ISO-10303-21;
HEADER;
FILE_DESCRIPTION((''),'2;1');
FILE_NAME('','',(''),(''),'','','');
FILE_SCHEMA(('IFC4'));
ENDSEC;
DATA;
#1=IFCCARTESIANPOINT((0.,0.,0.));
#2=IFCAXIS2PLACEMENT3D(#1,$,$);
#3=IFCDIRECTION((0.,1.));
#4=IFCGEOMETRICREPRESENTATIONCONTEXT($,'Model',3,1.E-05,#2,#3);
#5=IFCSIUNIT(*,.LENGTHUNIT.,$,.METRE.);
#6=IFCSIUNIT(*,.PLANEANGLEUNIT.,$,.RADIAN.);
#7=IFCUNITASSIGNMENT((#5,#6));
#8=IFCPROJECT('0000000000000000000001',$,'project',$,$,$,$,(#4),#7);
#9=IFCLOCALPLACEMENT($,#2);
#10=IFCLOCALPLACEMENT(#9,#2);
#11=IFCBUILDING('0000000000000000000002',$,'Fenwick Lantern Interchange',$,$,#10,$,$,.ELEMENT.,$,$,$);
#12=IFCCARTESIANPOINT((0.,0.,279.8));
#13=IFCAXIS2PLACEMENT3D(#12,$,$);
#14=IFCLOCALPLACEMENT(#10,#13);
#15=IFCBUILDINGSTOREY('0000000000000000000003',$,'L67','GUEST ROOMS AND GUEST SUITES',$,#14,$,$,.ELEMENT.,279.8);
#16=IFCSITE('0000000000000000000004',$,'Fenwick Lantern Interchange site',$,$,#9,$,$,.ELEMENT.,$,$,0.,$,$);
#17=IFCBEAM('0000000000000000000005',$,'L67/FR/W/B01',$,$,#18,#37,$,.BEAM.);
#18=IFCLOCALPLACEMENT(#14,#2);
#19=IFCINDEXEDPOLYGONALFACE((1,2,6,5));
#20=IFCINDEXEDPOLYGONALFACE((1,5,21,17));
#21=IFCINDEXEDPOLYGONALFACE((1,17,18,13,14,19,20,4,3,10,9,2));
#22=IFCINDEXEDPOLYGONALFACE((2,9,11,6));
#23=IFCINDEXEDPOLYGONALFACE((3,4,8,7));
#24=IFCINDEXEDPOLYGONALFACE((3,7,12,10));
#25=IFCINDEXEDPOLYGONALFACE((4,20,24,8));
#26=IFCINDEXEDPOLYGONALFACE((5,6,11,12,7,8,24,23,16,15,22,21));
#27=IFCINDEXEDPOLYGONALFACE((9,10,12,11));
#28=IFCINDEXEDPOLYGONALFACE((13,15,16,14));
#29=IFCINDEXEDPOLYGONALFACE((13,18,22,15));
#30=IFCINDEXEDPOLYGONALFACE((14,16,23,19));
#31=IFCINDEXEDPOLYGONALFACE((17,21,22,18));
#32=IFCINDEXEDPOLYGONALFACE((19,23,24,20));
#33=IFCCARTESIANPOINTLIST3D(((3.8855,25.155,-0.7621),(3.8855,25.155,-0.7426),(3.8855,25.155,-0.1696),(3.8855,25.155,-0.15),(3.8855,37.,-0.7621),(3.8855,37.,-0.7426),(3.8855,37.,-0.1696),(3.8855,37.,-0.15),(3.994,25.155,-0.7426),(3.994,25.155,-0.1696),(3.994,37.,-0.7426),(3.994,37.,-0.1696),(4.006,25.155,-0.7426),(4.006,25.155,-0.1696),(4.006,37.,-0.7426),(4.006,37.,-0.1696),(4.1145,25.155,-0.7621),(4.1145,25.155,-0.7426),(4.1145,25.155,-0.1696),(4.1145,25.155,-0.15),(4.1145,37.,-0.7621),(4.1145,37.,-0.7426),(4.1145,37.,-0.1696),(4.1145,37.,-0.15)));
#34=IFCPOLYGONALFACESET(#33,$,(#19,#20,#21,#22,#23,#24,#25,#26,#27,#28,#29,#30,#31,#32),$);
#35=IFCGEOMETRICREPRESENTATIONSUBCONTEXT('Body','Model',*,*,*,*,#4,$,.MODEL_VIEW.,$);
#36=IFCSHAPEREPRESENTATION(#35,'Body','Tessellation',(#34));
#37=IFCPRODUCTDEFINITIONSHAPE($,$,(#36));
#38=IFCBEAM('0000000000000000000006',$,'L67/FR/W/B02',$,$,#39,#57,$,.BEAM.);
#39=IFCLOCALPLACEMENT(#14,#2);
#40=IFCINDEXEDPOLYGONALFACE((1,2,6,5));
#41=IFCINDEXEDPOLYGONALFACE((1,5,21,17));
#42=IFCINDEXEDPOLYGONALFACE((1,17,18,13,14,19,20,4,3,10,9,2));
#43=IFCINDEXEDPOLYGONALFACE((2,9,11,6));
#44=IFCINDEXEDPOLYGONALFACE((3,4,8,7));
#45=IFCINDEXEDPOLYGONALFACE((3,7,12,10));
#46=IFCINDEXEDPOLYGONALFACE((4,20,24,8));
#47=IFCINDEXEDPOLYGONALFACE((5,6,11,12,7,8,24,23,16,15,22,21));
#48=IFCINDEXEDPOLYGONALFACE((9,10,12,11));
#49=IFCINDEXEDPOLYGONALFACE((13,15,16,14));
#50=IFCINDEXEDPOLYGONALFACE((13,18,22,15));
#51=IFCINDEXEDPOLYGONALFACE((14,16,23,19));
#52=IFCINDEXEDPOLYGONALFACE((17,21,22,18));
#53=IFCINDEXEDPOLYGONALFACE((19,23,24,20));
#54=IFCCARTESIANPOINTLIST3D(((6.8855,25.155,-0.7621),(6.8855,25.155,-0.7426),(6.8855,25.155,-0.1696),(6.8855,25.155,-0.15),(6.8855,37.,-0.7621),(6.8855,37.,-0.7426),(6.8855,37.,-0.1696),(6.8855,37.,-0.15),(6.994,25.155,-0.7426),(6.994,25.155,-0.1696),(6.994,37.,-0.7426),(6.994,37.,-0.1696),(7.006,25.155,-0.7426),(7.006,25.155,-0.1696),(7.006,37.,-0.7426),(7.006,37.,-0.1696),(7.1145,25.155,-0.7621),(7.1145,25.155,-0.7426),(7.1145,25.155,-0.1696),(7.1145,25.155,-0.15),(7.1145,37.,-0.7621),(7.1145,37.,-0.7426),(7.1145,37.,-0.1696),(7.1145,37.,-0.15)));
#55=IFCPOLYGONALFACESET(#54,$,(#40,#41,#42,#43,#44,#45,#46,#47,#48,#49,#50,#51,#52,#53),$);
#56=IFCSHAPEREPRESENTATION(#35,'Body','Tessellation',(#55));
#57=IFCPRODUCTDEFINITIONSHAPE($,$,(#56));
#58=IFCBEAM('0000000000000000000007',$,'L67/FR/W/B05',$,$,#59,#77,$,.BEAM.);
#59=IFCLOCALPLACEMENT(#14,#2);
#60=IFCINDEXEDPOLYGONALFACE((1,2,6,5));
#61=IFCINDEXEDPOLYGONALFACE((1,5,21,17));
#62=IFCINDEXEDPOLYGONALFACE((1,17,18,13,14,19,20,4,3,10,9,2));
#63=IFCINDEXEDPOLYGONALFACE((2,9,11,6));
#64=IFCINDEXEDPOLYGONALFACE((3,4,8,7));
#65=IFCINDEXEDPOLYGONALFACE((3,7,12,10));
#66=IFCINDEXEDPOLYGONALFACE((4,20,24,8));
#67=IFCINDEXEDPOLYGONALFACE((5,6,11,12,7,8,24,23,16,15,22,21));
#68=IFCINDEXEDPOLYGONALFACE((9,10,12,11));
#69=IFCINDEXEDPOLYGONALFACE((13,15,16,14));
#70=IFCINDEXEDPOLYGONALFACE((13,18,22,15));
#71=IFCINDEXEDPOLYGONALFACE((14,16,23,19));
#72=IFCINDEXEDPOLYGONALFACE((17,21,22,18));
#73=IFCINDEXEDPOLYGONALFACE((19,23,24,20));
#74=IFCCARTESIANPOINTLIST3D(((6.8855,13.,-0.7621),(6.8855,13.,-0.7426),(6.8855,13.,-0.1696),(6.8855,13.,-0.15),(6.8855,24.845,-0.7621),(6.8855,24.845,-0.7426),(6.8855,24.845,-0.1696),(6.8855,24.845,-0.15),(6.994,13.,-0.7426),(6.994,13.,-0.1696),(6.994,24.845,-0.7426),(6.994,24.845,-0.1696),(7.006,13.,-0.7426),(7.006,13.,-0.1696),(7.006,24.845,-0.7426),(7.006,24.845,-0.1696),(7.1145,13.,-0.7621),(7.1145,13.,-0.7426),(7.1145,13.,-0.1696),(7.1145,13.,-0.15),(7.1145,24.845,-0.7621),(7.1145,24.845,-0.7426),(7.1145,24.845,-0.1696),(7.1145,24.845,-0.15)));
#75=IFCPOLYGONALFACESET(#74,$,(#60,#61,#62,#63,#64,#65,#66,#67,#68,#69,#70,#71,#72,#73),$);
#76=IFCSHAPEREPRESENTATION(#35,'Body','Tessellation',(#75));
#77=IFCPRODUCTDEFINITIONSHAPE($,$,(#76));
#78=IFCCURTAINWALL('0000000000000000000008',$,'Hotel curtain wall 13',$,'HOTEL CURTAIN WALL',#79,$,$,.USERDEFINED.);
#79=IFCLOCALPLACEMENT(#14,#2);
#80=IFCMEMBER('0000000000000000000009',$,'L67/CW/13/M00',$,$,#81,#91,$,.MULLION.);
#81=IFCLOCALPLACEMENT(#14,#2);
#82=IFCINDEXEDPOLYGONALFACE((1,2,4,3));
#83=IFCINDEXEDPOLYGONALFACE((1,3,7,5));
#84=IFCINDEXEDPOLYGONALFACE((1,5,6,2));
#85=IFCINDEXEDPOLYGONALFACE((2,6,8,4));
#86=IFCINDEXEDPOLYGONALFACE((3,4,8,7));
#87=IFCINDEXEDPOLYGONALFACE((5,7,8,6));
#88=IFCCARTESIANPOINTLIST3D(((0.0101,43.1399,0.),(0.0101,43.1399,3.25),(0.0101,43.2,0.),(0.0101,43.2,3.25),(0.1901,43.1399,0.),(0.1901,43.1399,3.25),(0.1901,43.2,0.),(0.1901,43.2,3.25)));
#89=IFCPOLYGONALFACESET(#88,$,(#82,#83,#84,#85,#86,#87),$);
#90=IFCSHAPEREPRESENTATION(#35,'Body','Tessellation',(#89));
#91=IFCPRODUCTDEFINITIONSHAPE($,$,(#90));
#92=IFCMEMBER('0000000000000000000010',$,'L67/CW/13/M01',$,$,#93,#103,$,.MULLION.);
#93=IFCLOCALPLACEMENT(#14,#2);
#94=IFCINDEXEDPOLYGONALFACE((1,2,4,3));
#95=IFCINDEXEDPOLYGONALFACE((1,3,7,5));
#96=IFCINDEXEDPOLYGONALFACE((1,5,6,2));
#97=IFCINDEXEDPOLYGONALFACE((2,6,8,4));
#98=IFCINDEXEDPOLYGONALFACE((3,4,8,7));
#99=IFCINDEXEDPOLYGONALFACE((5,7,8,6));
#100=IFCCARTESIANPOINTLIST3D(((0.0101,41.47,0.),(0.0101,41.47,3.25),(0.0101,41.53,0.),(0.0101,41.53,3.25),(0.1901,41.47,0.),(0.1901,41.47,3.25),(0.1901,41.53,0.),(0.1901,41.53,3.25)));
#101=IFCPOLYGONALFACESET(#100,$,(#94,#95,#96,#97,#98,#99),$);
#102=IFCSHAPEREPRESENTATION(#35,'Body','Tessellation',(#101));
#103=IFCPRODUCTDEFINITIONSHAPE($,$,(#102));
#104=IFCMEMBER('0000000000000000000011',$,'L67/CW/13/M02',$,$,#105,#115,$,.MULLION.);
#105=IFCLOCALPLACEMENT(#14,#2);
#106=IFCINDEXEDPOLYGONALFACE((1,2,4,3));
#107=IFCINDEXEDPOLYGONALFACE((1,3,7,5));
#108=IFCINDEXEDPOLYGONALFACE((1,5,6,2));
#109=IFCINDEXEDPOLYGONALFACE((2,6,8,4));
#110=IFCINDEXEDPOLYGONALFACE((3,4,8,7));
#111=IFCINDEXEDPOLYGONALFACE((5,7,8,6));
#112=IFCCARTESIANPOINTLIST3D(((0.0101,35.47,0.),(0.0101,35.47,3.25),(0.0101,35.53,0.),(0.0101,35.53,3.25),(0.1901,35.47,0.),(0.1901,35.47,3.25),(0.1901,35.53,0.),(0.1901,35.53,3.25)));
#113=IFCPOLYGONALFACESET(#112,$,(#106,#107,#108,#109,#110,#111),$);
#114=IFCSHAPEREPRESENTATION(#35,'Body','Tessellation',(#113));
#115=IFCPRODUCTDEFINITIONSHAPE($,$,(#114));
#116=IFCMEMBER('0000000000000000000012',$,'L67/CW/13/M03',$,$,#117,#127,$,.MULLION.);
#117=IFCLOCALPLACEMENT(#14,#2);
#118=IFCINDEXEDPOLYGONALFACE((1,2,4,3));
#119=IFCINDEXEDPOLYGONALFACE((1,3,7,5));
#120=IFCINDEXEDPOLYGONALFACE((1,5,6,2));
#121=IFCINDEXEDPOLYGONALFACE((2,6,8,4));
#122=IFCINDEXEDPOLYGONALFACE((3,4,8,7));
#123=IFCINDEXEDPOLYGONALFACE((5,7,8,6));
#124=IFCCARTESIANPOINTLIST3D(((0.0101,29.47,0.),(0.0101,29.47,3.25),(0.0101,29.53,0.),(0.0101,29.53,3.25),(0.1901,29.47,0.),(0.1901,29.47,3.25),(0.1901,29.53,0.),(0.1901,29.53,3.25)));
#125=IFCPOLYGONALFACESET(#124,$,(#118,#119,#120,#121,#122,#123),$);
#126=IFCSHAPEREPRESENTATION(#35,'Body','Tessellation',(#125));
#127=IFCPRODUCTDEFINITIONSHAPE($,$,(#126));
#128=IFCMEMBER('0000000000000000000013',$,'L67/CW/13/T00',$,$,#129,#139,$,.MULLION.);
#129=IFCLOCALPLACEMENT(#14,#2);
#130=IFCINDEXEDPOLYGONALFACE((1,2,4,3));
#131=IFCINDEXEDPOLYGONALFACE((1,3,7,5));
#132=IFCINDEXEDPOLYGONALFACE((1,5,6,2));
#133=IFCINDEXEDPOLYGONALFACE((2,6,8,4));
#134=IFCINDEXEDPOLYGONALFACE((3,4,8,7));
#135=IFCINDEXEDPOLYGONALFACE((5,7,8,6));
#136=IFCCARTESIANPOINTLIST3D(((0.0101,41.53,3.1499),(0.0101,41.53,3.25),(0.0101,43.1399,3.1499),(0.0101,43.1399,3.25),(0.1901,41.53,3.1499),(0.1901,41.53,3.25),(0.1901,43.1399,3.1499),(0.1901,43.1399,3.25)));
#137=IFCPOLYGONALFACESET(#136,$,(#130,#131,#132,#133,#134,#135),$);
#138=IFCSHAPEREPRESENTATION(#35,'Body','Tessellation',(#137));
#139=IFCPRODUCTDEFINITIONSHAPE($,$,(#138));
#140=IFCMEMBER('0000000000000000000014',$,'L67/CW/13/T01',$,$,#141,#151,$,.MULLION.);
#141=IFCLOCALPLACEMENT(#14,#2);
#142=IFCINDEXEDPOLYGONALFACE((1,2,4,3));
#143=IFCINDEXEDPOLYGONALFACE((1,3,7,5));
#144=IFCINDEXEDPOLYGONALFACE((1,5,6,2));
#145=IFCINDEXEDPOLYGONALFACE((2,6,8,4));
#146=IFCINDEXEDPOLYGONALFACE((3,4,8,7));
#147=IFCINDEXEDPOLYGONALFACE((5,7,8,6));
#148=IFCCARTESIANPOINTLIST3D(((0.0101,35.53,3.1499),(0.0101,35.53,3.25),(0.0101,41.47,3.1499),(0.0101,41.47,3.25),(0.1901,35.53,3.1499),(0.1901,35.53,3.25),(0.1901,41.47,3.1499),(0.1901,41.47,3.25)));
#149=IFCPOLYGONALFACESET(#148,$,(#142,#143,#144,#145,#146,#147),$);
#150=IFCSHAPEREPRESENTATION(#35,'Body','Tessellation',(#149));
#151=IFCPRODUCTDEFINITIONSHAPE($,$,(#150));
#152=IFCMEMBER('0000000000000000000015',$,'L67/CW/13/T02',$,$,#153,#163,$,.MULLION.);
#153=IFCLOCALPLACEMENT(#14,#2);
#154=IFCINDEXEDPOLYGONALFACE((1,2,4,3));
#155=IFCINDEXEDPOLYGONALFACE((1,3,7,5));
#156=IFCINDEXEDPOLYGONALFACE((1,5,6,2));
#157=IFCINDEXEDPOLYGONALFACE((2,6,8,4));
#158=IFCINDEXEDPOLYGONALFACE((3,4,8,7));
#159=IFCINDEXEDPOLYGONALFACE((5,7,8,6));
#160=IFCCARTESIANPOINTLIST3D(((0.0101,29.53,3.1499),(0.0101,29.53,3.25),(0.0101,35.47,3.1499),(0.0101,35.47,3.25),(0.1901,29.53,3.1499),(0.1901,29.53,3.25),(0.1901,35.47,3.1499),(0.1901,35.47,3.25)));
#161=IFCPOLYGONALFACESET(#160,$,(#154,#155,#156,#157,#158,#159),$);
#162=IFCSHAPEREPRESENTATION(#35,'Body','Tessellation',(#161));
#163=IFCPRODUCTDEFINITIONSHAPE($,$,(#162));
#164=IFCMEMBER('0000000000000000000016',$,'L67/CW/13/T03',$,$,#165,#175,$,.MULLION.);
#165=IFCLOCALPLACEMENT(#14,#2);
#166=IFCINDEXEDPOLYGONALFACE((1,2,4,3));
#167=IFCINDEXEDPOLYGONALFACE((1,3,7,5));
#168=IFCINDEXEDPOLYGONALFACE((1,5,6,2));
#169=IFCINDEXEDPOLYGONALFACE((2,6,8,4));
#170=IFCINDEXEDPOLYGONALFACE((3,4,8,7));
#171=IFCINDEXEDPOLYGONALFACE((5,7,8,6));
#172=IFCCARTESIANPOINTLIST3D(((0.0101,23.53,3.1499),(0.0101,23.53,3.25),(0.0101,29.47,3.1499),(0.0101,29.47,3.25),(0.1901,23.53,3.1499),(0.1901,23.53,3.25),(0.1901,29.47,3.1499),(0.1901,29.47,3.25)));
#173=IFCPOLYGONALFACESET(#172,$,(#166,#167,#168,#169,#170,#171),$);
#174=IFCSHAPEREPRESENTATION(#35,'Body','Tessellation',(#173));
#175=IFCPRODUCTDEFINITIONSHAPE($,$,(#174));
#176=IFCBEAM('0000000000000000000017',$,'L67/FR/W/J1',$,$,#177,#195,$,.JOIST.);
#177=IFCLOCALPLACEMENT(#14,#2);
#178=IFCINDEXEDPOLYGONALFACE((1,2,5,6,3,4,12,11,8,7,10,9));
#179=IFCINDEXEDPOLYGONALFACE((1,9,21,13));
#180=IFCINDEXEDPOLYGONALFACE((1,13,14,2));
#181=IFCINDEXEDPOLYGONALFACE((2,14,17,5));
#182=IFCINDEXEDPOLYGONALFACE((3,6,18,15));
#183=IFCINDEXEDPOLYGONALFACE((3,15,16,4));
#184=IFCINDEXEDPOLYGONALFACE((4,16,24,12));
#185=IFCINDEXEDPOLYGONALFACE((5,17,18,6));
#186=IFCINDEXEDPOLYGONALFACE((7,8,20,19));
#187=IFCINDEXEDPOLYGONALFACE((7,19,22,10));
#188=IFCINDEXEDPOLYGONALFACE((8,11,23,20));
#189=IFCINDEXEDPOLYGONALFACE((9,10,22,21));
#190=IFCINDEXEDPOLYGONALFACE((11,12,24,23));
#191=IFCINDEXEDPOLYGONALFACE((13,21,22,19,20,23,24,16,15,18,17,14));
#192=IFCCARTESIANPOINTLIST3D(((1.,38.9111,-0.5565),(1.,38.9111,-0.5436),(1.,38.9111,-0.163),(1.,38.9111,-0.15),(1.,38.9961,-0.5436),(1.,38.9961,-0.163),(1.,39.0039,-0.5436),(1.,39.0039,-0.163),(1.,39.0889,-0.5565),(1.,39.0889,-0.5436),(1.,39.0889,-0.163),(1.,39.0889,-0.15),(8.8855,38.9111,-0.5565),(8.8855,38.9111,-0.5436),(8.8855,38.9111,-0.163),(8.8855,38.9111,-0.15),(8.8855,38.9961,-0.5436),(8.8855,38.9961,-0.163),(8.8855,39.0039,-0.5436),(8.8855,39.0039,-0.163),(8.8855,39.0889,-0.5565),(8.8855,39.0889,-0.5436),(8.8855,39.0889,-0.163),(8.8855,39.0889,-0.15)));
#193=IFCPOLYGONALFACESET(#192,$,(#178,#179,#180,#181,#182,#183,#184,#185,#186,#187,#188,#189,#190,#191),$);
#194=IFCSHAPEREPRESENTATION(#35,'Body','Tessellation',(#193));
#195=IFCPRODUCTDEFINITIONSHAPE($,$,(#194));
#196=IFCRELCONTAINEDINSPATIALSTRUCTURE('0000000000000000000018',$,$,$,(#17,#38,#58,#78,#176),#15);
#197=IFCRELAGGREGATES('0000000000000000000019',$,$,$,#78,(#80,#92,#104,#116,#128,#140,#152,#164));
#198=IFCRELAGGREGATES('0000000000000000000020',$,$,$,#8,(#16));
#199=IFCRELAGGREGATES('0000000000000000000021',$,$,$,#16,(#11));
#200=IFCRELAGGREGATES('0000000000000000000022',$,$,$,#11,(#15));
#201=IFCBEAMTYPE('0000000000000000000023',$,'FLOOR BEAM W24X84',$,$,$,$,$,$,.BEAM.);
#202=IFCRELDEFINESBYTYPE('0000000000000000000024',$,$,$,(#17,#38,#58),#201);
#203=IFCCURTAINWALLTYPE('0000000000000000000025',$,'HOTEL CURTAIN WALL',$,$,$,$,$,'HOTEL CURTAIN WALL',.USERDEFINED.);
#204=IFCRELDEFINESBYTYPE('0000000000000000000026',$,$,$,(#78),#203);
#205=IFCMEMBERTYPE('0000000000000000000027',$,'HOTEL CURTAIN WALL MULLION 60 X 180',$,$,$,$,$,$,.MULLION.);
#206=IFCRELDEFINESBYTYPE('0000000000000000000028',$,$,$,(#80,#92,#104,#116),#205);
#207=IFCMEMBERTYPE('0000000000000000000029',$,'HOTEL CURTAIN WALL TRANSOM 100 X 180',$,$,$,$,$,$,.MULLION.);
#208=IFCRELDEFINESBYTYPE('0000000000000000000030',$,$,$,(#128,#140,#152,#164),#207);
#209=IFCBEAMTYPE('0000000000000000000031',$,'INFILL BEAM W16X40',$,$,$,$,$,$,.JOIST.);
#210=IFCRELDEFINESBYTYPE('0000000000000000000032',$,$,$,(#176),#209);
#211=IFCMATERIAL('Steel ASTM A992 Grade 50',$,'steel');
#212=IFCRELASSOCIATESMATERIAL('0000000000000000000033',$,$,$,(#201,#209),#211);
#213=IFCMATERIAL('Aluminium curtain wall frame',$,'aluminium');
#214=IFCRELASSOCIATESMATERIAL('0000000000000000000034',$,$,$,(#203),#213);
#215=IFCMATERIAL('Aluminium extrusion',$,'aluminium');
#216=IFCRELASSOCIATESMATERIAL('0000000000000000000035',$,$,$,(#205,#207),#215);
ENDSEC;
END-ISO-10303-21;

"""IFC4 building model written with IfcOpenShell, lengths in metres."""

from ifc_helpers import new_model, si_unit, direction, frame, origin, origin_2d, place, context, subcontext, project, spatial, rectangle, i_section, extrude, material, material_profile, profile_set, type_object, element, aggregate, save


model = new_model("IFC4")

# Units and contexts
model_context = context("Model", 3, precision=1e-05, world=origin(), true_north=direction((0.0, 1.0)))
body_context = subcontext(model_context, "Body", "Model", "MODEL_VIEW")
ifc_project = project(units=[si_unit("LENGTHUNIT", "METRE"), si_unit("PLANEANGLEUNIT", "RADIAN")], contexts=[model_context])

# Site, building, storey
site_placement = place(None, origin())
site = spatial("IfcSite", under=ifc_project, at=site_placement, Name="Fenwick Lantern Interchange site", CompositionType="ELEMENT", RefElevation=0.0)
building_placement = place(site_placement, origin())
building = spatial("IfcBuilding", under=site, at=building_placement, Name="Fenwick Lantern Interchange", CompositionType="ELEMENT")
storey_placement = place(building_placement, frame((0.0, 0.0, 279.8)))
storey = spatial("IfcBuildingStorey", under=building, at=storey_placement, Name="L67", Description="GUEST ROOMS AND GUEST SUITES", CompositionType="ELEMENT", Elevation=279.8)

# Shared definitions
ifc_material_1 = material(Name="Steel ASTM A992 Grade 50", Category="steel")

# Beams
ifc_material_profile_1 = material_profile(ifc_material_1, i_section(OverallWidth=0.229, OverallDepth=0.6121, WebThickness=0.012, FlangeThickness=0.0195, at=origin_2d()), Name="W24X84")
ifc_profile_set_1 = profile_set([ifc_material_profile_1], Name="Steel ASTM A992 Grade 50")
beam_type_1 = type_object("IfcBeamType", Name="FLOOR BEAM W24X84", PredefinedType="BEAM", material=ifc_profile_set_1)
for number, where, z_axis, x_axis, name in (
    (1, (4.0, 37.0, -0.4561), (0.0, -1.0, 0.0), (1.0, 0.0, 0.0), "L67/FR/W/B01"),
    (2, (7.0, 37.0, -0.4561), (0.0, -1.0, 0.0), (1.0, 0.0, 0.0), "L67/FR/W/B02"),
    (3, (7.0, 24.845, -0.4561), (0.0, -1.0, 0.0), (1.0, 0.0, 0.0), "L67/FR/W/B05"),
):
    element("IfcBeam", number, at=place(storey_placement, frame(where, z_axis=z_axis, x_axis=x_axis)), inside=storey, type_object=beam_type_1, Name=name, PredefinedType="BEAM", context=body_context, shape_type="SweptSolid", body=[
        extrude(i_section(OverallWidth=0.229, OverallDepth=0.6121, WebThickness=0.012, FlangeThickness=0.0195, at=origin_2d()), origin(), (0.0, 0.0, 1.0), 11.845),
    ])

# Curtain wall, members
ifc_material_2 = material(Name="Aluminium curtain wall frame", Category="aluminium")
curtain_wall_type = type_object("IfcCurtainWallType", Name="HOTEL CURTAIN WALL", ElementType="HOTEL CURTAIN WALL", PredefinedType="USERDEFINED", material=ifc_material_2)
curtain_wall_placement = place(storey_placement, origin())
curtain_wall = element("IfcCurtainWall", 4, at=curtain_wall_placement, inside=storey, type_object=curtain_wall_type, Name="Hotel curtain wall 13", ObjectType="HOTEL CURTAIN WALL", PredefinedType="USERDEFINED")
ifc_material_3 = material(Name="Aluminium extrusion", Category="aluminium")
ifc_material_profile_2 = material_profile(ifc_material_3, rectangle(XDim=0.1799, YDim=0.0601, at=origin_2d()), Name="HOTEL CURTAIN WALL MULLION 60 X 180")
ifc_profile_set_2 = profile_set([ifc_material_profile_2], Name="Aluminium extrusion")
member_type_1 = type_object("IfcMemberType", Name="HOTEL CURTAIN WALL MULLION 60 X 180", PredefinedType="MULLION", material=ifc_profile_set_2)
member_1_placement = place(storey_placement, frame((0.1001, 43.1699, 0.0), z_axis=(0.0, 0.0, 1.0), x_axis=(1.0, 0.0, 0.0)))
member_1 = element("IfcMember", 5, at=member_1_placement, type_object=member_type_1, Name="L67/CW/13/M00", PredefinedType="MULLION", context=body_context, shape_type="SweptSolid", body=[
    extrude(rectangle(XDim=0.1799, YDim=0.0601, at=origin_2d()), origin(), (0.0, 0.0, 1.0), 3.25),
])
member_2_placement = place(storey_placement, frame((0.1001, 41.5, 0.0), z_axis=(0.0, 0.0, 1.0), x_axis=(1.0, 0.0, 0.0)))
member_2 = element("IfcMember", 6, at=member_2_placement, type_object=member_type_1, Name="L67/CW/13/M01", PredefinedType="MULLION", context=body_context, shape_type="SweptSolid", body=[
    extrude(rectangle(XDim=0.1799, YDim=0.0601, at=origin_2d()), origin(), (0.0, 0.0, 1.0), 3.25),
])
member_3_placement = place(storey_placement, frame((0.1001, 35.5, 0.0), z_axis=(0.0, 0.0, 1.0), x_axis=(1.0, 0.0, 0.0)))
member_3 = element("IfcMember", 7, at=member_3_placement, type_object=member_type_1, Name="L67/CW/13/M02", PredefinedType="MULLION", context=body_context, shape_type="SweptSolid", body=[
    extrude(rectangle(XDim=0.1799, YDim=0.0601, at=origin_2d()), origin(), (0.0, 0.0, 1.0), 3.25),
])
member_4_placement = place(storey_placement, frame((0.1001, 29.5, 0.0), z_axis=(0.0, 0.0, 1.0), x_axis=(1.0, 0.0, 0.0)))
member_4 = element("IfcMember", 8, at=member_4_placement, type_object=member_type_1, Name="L67/CW/13/M03", PredefinedType="MULLION", context=body_context, shape_type="SweptSolid", body=[
    extrude(rectangle(XDim=0.1799, YDim=0.0601, at=origin_2d()), origin(), (0.0, 0.0, 1.0), 3.25),
])
ifc_material_profile_3 = material_profile(ifc_material_3, rectangle(XDim=0.1799, YDim=0.1001, at=origin_2d()), Name="HOTEL CURTAIN WALL TRANSOM 100 X 180")
ifc_profile_set_3 = profile_set([ifc_material_profile_3], Name="Aluminium extrusion")
member_type_2 = type_object("IfcMemberType", Name="HOTEL CURTAIN WALL TRANSOM 100 X 180", PredefinedType="MULLION", material=ifc_profile_set_3)
member_5_placement = place(storey_placement, frame((0.1001, 43.1399, 3.2), z_axis=(0.0, -1.0, 0.0), x_axis=(1.0, 0.0, 0.0)))
member_5 = element("IfcMember", 9, at=member_5_placement, type_object=member_type_2, Name="L67/CW/13/T00", PredefinedType="MULLION", context=body_context, shape_type="SweptSolid", body=[
    extrude(rectangle(XDim=0.1799, YDim=0.1001, at=origin_2d()), origin(), (0.0, 0.0, 1.0), 1.6099),
])
member_6_placement = place(storey_placement, frame((0.1001, 41.47, 3.2), z_axis=(0.0, -1.0, 0.0), x_axis=(1.0, 0.0, 0.0)))
member_6 = element("IfcMember", 10, at=member_6_placement, type_object=member_type_2, Name="L67/CW/13/T01", PredefinedType="MULLION", context=body_context, shape_type="SweptSolid", body=[
    extrude(rectangle(XDim=0.1799, YDim=0.1001, at=origin_2d()), origin(), (0.0, 0.0, 1.0), 5.9399),
])
member_7_placement = place(storey_placement, frame((0.1001, 35.47, 3.2), z_axis=(0.0, -1.0, 0.0), x_axis=(1.0, 0.0, 0.0)))
member_7 = element("IfcMember", 11, at=member_7_placement, type_object=member_type_2, Name="L67/CW/13/T02", PredefinedType="MULLION", context=body_context, shape_type="SweptSolid", body=[
    extrude(rectangle(XDim=0.1799, YDim=0.1001, at=origin_2d()), origin(), (0.0, 0.0, 1.0), 5.9399),
])
member_8_placement = place(storey_placement, frame((0.1001, 29.47, 3.2), z_axis=(0.0, -1.0, 0.0), x_axis=(1.0, 0.0, 0.0)))
member_8 = element("IfcMember", 12, at=member_8_placement, type_object=member_type_2, Name="L67/CW/13/T03", PredefinedType="MULLION", context=body_context, shape_type="SweptSolid", body=[
    extrude(rectangle(XDim=0.1799, YDim=0.1001, at=origin_2d()), origin(), (0.0, 0.0, 1.0), 5.9399),
])
aggregate(curtain_wall, [member_1, member_2, member_3, member_4, member_5, member_6, member_7, member_8])

# Beam
ifc_material_profile_4 = material_profile(ifc_material_1, i_section(OverallWidth=0.1777, OverallDepth=0.4065, WebThickness=0.0078, FlangeThickness=0.0129, at=origin_2d()), Name="W16X40")
ifc_profile_set_4 = profile_set([ifc_material_profile_4], Name="Steel ASTM A992 Grade 50")
beam_type_2 = type_object("IfcBeamType", Name="INFILL BEAM W16X40", PredefinedType="JOIST", material=ifc_profile_set_4)
beam_1_placement = place(storey_placement, frame((1.0, 39.0, -0.3533), z_axis=(1.0, 0.0, 0.0), x_axis=(0.0, 1.0, 0.0)))
element("IfcBeam", 13, at=beam_1_placement, inside=storey, type_object=beam_type_2, Name="L67/FR/W/J1", PredefinedType="JOIST", context=body_context, shape_type="SweptSolid", body=[
    extrude(i_section(OverallWidth=0.1777, OverallDepth=0.4065, WebThickness=0.0078, FlangeThickness=0.0129, at=origin_2d()), origin(), (0.0, 0.0, 1.0), 7.8855),
])

save(model, "model.ifc")
